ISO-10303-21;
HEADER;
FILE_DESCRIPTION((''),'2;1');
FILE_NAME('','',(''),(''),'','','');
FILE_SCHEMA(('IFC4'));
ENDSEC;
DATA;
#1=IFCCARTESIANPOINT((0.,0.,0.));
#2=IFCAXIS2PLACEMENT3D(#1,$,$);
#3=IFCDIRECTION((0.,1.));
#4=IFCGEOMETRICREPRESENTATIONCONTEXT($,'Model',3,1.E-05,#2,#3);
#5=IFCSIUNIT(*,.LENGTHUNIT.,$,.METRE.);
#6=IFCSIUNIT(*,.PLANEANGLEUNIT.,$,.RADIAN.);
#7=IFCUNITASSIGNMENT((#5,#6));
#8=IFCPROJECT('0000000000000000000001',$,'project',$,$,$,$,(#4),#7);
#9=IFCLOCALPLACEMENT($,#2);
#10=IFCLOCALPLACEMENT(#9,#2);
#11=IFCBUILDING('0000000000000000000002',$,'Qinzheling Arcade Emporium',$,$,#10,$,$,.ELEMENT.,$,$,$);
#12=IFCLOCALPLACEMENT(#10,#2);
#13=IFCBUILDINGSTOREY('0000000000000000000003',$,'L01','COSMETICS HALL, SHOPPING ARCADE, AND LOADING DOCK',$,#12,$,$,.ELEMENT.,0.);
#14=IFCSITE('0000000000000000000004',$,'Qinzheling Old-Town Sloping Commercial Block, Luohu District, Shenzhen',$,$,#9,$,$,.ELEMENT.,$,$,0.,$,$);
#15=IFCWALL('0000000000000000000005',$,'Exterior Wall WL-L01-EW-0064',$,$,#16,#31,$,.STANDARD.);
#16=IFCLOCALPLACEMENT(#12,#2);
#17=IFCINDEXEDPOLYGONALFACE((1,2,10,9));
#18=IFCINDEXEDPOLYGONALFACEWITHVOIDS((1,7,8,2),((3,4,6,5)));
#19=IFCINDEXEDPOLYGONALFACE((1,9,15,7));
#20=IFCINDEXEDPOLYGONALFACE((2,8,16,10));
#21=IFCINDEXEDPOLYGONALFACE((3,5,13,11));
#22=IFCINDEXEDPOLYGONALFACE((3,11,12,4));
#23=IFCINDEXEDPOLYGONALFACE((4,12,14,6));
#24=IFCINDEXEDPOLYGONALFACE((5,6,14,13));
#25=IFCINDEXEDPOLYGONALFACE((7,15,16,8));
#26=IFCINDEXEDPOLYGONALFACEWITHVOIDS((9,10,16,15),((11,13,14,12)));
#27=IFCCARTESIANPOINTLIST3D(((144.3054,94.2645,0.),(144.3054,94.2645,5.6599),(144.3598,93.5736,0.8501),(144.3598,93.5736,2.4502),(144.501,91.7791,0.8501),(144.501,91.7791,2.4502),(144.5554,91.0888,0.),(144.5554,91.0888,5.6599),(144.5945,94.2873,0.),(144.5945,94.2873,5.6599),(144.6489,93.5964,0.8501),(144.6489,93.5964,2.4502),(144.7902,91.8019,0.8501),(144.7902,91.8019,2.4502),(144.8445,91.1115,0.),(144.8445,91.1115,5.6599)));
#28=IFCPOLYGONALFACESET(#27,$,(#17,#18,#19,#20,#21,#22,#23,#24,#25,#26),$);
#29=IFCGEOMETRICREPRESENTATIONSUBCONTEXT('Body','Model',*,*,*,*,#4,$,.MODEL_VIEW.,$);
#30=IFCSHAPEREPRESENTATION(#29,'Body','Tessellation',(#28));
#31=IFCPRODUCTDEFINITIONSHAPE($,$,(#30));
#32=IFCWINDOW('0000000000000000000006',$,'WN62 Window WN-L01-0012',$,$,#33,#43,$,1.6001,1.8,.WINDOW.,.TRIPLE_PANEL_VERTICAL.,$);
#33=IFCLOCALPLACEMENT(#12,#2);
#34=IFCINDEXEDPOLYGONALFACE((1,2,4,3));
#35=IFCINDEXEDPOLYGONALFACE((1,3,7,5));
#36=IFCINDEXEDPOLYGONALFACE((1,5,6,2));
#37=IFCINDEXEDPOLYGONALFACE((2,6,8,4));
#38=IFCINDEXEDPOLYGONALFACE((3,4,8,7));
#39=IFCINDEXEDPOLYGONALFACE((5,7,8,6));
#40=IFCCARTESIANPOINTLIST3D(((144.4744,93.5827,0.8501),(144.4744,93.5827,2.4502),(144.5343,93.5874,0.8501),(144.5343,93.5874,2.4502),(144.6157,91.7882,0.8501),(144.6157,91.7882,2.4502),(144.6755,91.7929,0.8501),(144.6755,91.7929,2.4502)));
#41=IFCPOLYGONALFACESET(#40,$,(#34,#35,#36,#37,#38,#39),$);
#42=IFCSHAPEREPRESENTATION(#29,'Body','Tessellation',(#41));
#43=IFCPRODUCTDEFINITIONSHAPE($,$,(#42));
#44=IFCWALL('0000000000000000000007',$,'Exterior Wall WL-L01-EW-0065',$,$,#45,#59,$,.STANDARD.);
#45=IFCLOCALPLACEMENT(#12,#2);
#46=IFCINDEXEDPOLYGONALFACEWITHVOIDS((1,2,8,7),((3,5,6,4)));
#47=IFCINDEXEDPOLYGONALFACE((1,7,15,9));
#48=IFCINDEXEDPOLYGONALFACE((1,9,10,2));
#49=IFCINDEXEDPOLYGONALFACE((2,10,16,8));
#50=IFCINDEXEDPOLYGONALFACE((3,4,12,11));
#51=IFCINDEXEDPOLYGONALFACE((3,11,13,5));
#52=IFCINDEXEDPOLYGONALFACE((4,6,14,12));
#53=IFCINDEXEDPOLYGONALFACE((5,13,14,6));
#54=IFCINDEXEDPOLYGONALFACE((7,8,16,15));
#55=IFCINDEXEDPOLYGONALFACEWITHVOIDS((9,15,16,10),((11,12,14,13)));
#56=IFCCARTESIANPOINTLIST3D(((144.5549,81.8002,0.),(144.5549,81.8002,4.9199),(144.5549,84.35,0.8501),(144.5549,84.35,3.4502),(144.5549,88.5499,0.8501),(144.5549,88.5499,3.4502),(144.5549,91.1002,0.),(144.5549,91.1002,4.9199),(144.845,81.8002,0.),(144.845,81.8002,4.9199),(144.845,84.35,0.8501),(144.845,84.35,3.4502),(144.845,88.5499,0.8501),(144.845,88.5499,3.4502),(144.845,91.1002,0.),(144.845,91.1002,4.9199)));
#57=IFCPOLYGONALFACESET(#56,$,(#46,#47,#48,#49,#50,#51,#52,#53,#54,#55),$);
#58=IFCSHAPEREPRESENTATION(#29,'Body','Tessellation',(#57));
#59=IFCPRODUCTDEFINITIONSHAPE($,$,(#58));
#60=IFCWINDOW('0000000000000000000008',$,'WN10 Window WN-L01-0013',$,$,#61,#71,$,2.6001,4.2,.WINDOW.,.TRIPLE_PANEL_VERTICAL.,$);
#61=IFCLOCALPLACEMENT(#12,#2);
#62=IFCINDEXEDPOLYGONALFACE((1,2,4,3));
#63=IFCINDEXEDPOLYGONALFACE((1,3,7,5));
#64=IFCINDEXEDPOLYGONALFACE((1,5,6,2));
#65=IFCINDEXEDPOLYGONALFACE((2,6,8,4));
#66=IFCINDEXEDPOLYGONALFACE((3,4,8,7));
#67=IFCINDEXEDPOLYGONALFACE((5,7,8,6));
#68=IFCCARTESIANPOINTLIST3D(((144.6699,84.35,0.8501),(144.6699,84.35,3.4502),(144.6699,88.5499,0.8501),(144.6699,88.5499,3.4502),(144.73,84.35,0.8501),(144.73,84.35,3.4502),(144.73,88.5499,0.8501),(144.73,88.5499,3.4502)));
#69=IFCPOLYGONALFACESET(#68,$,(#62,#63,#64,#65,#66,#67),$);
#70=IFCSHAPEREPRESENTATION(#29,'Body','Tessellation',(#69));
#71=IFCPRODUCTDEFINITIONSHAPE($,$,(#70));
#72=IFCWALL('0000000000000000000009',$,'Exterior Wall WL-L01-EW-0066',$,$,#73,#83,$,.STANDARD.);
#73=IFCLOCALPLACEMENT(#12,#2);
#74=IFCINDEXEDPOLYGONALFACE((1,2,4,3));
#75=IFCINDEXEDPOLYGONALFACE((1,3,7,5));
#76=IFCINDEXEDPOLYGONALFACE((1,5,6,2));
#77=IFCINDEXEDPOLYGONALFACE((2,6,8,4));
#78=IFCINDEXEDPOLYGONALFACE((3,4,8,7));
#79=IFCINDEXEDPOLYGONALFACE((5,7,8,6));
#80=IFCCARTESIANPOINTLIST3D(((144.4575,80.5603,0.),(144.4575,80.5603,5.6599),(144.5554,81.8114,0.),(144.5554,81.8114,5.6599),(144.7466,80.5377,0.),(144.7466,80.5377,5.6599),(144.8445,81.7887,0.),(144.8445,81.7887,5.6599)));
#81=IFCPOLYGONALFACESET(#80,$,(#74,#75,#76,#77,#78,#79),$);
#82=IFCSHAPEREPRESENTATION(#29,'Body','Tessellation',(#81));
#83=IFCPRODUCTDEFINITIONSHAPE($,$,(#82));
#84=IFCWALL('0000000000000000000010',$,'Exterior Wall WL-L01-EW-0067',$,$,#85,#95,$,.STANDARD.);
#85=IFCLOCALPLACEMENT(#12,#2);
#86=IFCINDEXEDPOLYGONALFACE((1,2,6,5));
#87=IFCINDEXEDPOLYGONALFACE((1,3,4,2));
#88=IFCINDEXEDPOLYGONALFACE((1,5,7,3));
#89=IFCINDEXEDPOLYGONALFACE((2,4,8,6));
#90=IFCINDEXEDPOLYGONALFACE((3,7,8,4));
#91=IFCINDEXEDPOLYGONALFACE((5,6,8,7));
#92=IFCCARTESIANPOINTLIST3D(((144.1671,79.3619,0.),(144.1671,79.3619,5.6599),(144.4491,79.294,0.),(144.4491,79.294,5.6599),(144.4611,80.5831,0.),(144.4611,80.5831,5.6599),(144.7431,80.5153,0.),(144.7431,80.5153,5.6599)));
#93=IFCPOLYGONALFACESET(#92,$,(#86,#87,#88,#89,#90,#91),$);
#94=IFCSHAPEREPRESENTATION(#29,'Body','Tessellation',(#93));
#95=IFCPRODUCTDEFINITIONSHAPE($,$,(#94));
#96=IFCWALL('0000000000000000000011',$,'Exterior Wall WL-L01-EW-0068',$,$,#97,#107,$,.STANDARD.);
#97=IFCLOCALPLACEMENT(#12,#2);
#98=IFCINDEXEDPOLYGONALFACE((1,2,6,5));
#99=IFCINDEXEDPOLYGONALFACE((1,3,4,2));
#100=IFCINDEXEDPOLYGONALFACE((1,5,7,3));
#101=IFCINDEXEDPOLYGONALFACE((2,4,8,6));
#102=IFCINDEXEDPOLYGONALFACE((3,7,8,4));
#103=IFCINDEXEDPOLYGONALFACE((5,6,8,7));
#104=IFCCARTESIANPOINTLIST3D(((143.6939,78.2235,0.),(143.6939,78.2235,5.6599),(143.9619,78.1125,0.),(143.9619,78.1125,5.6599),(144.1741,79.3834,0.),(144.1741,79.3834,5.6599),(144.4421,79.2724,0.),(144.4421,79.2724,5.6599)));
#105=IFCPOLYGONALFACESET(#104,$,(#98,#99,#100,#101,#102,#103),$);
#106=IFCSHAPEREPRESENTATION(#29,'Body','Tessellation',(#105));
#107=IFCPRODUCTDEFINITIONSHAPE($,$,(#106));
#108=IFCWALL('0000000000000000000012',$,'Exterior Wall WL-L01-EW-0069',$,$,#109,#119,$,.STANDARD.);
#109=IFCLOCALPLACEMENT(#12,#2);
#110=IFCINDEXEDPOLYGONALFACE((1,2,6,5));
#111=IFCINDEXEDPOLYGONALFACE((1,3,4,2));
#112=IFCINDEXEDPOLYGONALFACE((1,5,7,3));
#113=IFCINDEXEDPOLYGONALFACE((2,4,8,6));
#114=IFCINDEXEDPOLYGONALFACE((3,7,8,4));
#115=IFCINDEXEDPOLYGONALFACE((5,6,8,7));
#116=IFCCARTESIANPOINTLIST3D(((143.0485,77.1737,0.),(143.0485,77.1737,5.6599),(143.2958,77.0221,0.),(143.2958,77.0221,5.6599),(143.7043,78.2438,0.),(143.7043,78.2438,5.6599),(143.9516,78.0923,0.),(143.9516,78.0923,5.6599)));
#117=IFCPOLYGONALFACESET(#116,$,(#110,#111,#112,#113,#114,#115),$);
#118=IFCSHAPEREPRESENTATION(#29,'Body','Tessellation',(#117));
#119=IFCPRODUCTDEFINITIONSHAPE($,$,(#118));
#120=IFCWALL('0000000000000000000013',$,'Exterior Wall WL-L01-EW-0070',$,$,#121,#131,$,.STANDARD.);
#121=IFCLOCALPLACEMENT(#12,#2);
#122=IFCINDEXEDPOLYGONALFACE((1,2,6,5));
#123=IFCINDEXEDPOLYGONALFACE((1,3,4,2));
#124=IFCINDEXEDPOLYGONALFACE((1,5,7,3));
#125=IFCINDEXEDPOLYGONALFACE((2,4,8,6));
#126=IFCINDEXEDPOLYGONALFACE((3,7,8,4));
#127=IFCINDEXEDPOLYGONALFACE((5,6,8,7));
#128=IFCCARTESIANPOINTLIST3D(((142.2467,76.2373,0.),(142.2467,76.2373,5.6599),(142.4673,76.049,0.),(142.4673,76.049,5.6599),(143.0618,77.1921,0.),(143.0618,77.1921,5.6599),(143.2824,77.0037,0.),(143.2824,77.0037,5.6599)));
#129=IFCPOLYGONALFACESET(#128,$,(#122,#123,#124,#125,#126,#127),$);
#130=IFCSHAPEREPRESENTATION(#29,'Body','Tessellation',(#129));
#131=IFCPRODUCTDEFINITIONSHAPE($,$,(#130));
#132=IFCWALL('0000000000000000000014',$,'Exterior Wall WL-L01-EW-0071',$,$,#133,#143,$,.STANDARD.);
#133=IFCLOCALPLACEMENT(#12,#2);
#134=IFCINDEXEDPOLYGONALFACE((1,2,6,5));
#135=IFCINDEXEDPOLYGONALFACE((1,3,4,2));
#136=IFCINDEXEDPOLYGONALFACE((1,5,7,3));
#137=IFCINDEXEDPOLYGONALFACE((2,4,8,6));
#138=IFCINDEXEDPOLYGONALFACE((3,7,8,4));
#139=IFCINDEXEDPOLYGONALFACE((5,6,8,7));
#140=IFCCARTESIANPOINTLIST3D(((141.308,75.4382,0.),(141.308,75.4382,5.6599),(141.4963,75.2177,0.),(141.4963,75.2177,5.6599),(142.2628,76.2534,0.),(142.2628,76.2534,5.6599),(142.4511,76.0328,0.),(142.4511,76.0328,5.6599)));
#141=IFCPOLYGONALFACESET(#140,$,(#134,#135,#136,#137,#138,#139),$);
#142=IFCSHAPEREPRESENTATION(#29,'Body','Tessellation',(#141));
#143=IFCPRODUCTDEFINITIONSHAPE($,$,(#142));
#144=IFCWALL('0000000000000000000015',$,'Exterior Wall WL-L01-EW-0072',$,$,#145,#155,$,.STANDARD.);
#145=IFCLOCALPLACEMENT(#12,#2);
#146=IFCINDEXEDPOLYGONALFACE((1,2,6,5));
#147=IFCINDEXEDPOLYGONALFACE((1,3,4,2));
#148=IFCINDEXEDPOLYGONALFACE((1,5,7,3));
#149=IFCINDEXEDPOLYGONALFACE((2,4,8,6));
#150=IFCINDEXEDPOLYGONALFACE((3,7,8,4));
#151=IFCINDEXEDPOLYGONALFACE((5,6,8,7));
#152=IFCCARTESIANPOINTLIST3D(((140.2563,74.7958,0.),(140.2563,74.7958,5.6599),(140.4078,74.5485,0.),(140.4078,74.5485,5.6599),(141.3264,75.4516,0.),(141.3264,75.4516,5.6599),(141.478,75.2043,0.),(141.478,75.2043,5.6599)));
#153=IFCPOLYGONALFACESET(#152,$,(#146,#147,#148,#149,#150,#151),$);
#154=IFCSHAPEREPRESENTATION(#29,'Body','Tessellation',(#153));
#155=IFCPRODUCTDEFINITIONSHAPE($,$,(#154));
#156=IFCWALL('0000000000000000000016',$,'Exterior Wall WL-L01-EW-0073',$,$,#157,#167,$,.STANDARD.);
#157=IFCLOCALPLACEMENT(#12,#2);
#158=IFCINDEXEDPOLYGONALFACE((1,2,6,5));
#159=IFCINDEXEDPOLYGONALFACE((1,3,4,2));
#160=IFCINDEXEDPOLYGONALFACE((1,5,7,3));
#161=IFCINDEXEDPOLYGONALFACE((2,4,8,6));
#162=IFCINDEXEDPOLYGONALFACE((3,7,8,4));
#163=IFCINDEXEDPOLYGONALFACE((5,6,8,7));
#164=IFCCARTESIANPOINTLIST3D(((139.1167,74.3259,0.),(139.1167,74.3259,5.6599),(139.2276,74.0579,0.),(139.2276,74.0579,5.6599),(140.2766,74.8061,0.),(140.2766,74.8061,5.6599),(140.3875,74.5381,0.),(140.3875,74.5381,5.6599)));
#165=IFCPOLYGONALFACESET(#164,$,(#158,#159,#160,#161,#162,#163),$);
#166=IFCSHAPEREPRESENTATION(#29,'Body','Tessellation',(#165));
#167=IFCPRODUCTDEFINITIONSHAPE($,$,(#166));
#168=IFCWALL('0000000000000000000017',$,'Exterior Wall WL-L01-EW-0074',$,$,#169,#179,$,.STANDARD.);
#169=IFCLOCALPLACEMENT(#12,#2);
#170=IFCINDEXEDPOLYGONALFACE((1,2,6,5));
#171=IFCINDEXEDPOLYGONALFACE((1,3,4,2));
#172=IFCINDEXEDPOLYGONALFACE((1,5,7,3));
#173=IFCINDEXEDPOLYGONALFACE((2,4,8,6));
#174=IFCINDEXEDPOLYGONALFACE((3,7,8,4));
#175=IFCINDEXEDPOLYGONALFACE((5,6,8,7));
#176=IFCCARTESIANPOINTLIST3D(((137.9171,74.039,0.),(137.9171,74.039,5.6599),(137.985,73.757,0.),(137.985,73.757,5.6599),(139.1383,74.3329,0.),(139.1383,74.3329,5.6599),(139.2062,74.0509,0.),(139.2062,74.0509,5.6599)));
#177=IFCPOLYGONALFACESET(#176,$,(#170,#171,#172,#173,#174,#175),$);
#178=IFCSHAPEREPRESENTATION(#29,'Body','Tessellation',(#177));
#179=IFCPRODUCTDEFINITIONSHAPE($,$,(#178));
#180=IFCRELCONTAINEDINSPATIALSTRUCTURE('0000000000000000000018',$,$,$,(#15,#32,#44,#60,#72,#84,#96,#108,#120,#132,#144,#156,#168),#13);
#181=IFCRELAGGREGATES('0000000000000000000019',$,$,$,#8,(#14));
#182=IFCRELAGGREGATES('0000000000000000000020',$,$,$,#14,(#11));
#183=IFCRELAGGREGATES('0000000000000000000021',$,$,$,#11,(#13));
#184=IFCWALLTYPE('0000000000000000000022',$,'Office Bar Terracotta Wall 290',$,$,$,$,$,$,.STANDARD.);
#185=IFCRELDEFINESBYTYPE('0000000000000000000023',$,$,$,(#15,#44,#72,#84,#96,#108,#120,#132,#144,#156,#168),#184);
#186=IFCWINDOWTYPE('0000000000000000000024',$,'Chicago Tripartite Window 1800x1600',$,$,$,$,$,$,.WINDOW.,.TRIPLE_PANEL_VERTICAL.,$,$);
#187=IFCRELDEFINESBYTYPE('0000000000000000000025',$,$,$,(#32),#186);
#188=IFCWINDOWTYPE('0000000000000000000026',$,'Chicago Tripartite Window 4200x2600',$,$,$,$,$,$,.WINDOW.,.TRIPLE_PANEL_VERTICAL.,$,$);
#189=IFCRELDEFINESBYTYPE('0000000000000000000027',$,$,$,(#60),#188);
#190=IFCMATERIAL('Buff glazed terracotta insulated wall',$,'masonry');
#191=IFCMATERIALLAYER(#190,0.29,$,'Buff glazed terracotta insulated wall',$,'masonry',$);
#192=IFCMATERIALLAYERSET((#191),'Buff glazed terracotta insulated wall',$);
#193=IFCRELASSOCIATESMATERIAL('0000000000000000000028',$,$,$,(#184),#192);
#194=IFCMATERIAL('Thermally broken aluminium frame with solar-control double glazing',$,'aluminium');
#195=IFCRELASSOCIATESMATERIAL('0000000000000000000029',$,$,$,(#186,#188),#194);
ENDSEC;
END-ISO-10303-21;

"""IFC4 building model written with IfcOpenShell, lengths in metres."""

from ifc_helpers import new_model, si_unit, direction, frame, frame_2d, origin, place, context, subcontext, project, spatial, rectangle, extrude, material, layer, layer_set, type_object, element, fill, save


model = new_model("IFC4")

# Units and contexts
model_context = context("Model", 3, precision=1e-05, world=origin(), true_north=direction((0.0, 1.0)))
body_context = subcontext(model_context, "Body", "Model", "MODEL_VIEW")
ifc_project = project(units=[si_unit("LENGTHUNIT", "METRE"), si_unit("PLANEANGLEUNIT", "RADIAN")], contexts=[model_context])

# Site, building, storey
site_placement = place(None, origin())
site = spatial("IfcSite", under=ifc_project, at=site_placement, Name="Qinzheling Old-Town Sloping Commercial Block, Luohu District, Shenzhen", CompositionType="ELEMENT", RefElevation=0.0)
building_placement = place(site_placement, origin())
building = spatial("IfcBuilding", under=site, at=building_placement, Name="Qinzheling Arcade Emporium", CompositionType="ELEMENT")
storey_placement = place(building_placement, origin())
storey = spatial("IfcBuildingStorey", under=building, at=storey_placement, Name="L01", Description="COSMETICS HALL, SHOPPING ARCADE, AND LOADING DOCK", CompositionType="ELEMENT", Elevation=0.0)

# Walls, openings, windows
ifc_material_1 = material(Name="Buff glazed terracotta insulated wall", Category="masonry")
ifc_layer_1 = layer(ifc_material_1, 0.29, Name="Buff glazed terracotta insulated wall", Category="masonry")
ifc_layer_set_1 = layer_set([ifc_layer_1], Name="Buff glazed terracotta insulated wall")
wall_type = type_object("IfcWallType", Name="Office Bar Terracotta Wall 290", PredefinedType="STANDARD", material=ifc_layer_set_1)
wall_1_placement = place(storey_placement, frame((144.45, 94.2759, 0.0), z_axis=(0.0, 0.0, 1.0), x_axis=(0.078478, -0.996916, 0.0)))
wall_1 = element("IfcWall", 1, at=wall_1_placement, inside=storey, type_object=wall_type, Name="Exterior Wall WL-L01-EW-0064", PredefinedType="STANDARD", context=body_context, shape_type="SweptSolid", body=[
    extrude(rectangle(XDim=3.1855, YDim=0.29, at=frame_2d((1.5928, 0.0))), origin(), (0.0, 0.0, 1.0), 5.6599),
])
opening_1_placement = place(wall_1_placement, frame((0.6931, 0.0, 0.8501)))
opening_1 = element("IfcOpeningElement", 2, at=opening_1_placement, cuts=wall_1, PredefinedType="OPENING", context=body_context, shape_type="SweptSolid", body=[
    extrude(rectangle(XDim=1.8, YDim=1.6001, at=frame_2d((0.8999, 0.8))), frame((0.0, 0.155, 0.0), z_axis=(0.0, -1.0, 0.0), x_axis=(1.0, 0.0, 0.0)), (0.0, 0.0, 1.0), 0.3101),
])
ifc_material_2 = material(Name="Thermally broken aluminium frame with solar-control double glazing", Category="aluminium")
window_type_1 = type_object("IfcWindowType", Name="Chicago Tripartite Window 1800x1600", PartitioningType="TRIPLE_PANEL_VERTICAL", PredefinedType="WINDOW", material=ifc_material_2)
window_1_placement = place(opening_1_placement, origin())
window_1 = element("IfcWindow", 3, at=window_1_placement, inside=storey, type_object=window_type_1, Name="WN62 Window WN-L01-0012", OverallHeight=1.6001, OverallWidth=1.8, PartitioningType="TRIPLE_PANEL_VERTICAL", PredefinedType="WINDOW", context=body_context, shape_type="SweptSolid", body=[
    extrude(rectangle(XDim=1.8, YDim=1.6001, at=frame_2d((0.8999, 0.8))), frame((0.0, 0.03, 0.0), z_axis=(0.0, -1.0, 0.0), x_axis=(1.0, 0.0, 0.0)), (0.0, 0.0, 1.0), 0.0601),
])
fill(opening_1, window_1)
wall_2_placement = place(storey_placement, frame((144.7, 91.1001, 0.0), z_axis=(0.0, 0.0, 1.0), x_axis=(0.0, -1.0, 0.0)))
wall_2 = element("IfcWall", 4, at=wall_2_placement, inside=storey, type_object=wall_type, Name="Exterior Wall WL-L01-EW-0065", PredefinedType="STANDARD", context=body_context, shape_type="SweptSolid", body=[
    extrude(rectangle(XDim=9.3, YDim=0.29, at=frame_2d((4.6499, 0.0))), origin(), (0.0, 0.0, 1.0), 4.9199),
])
opening_2_placement = place(wall_2_placement, frame((2.55, 0.0, 0.8501)))
opening_2 = element("IfcOpeningElement", 5, at=opening_2_placement, cuts=wall_2, PredefinedType="OPENING", context=body_context, shape_type="SweptSolid", body=[
    extrude(rectangle(XDim=4.2, YDim=2.6001, at=frame_2d((2.1001, 1.3))), frame((0.0, 0.155, 0.0), z_axis=(0.0, -1.0, 0.0), x_axis=(1.0, 0.0, 0.0)), (0.0, 0.0, 1.0), 0.3101),
])
window_type_2 = type_object("IfcWindowType", Name="Chicago Tripartite Window 4200x2600", PartitioningType="TRIPLE_PANEL_VERTICAL", PredefinedType="WINDOW", material=ifc_material_2)
window_2_placement = place(opening_2_placement, origin())
window_2 = element("IfcWindow", 6, at=window_2_placement, inside=storey, type_object=window_type_2, Name="WN10 Window WN-L01-0013", OverallHeight=2.6001, OverallWidth=4.2, PartitioningType="TRIPLE_PANEL_VERTICAL", PredefinedType="WINDOW", context=body_context, shape_type="SweptSolid", body=[
    extrude(rectangle(XDim=4.2, YDim=2.6001, at=frame_2d((2.1001, 1.3))), frame((0.0, 0.03, 0.0), z_axis=(0.0, -1.0, 0.0), x_axis=(1.0, 0.0, 0.0)), (0.0, 0.0, 1.0), 0.0601),
])
fill(opening_2, window_2)

# Walls
wall_3_placement = place(storey_placement, frame((144.7, 81.8, 0.0), z_axis=(0.0, 0.0, 1.0), x_axis=(-0.078021, -0.996952, 0.0)))
element("IfcWall", 7, at=wall_3_placement, inside=storey, type_object=wall_type, Name="Exterior Wall WL-L01-EW-0066", PredefinedType="STANDARD", context=body_context, shape_type="SweptSolid", body=[
    extrude(rectangle(XDim=1.2549, YDim=0.29, at=frame_2d((0.6274, 0.0))), origin(), (0.0, 0.0, 1.0), 5.6599),
])
wall_4_placement = place(storey_placement, frame((144.6021, 80.5491, 0.0), z_axis=(0.0, 0.0, 1.0), x_axis=(-0.23402, -0.972232, 0.0)))
element("IfcWall", 8, at=wall_4_placement, inside=storey, type_object=wall_type, Name="Exterior Wall WL-L01-EW-0067", PredefinedType="STANDARD", context=body_context, shape_type="SweptSolid", body=[
    extrude(rectangle(XDim=1.2561, YDim=0.29, at=frame_2d((0.6279, 0.0))), origin(), (0.0, 0.0, 1.0), 5.6599),
])
wall_5_placement = place(storey_placement, frame((144.3081, 79.3279, 0.0), z_axis=(0.0, 0.0, 1.0), x_axis=(-0.382529, -0.923943, 0.0)))
element("IfcWall", 9, at=wall_5_placement, inside=storey, type_object=wall_type, Name="Exterior Wall WL-L01-EW-0068", PredefinedType="STANDARD", context=body_context, shape_type="SweptSolid", body=[
    extrude(rectangle(XDim=1.2554, YDim=0.29, at=frame_2d((0.6277, 0.0))), origin(), (0.0, 0.0, 1.0), 5.6599),
])
wall_6_placement = place(storey_placement, frame((143.8279, 78.168, 0.0), z_axis=(0.0, 0.0, 1.0), x_axis=(-0.522512, -0.852632, 0.0)))
element("IfcWall", 10, at=wall_6_placement, inside=storey, type_object=wall_type, Name="Exterior Wall WL-L01-EW-0069", PredefinedType="STANDARD", context=body_context, shape_type="SweptSolid", body=[
    extrude(rectangle(XDim=1.2551, YDim=0.29, at=frame_2d((0.6274, 0.0))), origin(), (0.0, 0.0, 1.0), 5.6599),
])
for number, where, z_axis, x_axis, name in (
    (11, (143.1721, 77.0979, 0.0), (0.0, 0.0, 1.0), (-0.649301, -0.760532, 0.0), "Exterior Wall WL-L01-EW-0070"),
    (12, (142.3569, 76.1431, 0.0), (0.0, 0.0, 1.0), (-0.760532, -0.649301, 0.0), "Exterior Wall WL-L01-EW-0071"),
):
    element("IfcWall", number, at=place(storey_placement, frame(where, z_axis=z_axis, x_axis=x_axis)), inside=storey, type_object=wall_type, Name=name, PredefinedType="STANDARD", context=body_context, shape_type="SweptSolid", body=[
        extrude(rectangle(XDim=1.2554, YDim=0.29, at=frame_2d((0.6277, 0.0))), origin(), (0.0, 0.0, 1.0), 5.6599),
    ])
wall_7_placement = place(storey_placement, frame((141.4021, 75.3279, 0.0), z_axis=(0.0, 0.0, 1.0), x_axis=(-0.852632, -0.522512, 0.0)))
element("IfcWall", 13, at=wall_7_placement, inside=storey, type_object=wall_type, Name="Exterior Wall WL-L01-EW-0072", PredefinedType="STANDARD", context=body_context, shape_type="SweptSolid", body=[
    extrude(rectangle(XDim=1.2551, YDim=0.29, at=frame_2d((0.6274, 0.0))), origin(), (0.0, 0.0, 1.0), 5.6599),
])
wall_8_placement = place(storey_placement, frame((140.332, 74.6721, 0.0), z_axis=(0.0, 0.0, 1.0), x_axis=(-0.923943, -0.382529, 0.0)))
element("IfcWall", 14, at=wall_8_placement, inside=storey, type_object=wall_type, Name="Exterior Wall WL-L01-EW-0073", PredefinedType="STANDARD", context=body_context, shape_type="SweptSolid", body=[
    extrude(rectangle(XDim=1.2554, YDim=0.29, at=frame_2d((0.6277, 0.0))), origin(), (0.0, 0.0, 1.0), 5.6599),
])
wall_9_placement = place(storey_placement, frame((139.1721, 74.1919, 0.0), z_axis=(0.0, 0.0, 1.0), x_axis=(-0.972232, -0.23402, 0.0)))
element("IfcWall", 15, at=wall_9_placement, inside=storey, type_object=wall_type, Name="Exterior Wall WL-L01-EW-0074", PredefinedType="STANDARD", context=body_context, shape_type="SweptSolid", body=[
    extrude(rectangle(XDim=1.2561, YDim=0.29, at=frame_2d((0.6279, 0.0))), origin(), (0.0, 0.0, 1.0), 5.6599),
])

save(model, "model.ifc")
